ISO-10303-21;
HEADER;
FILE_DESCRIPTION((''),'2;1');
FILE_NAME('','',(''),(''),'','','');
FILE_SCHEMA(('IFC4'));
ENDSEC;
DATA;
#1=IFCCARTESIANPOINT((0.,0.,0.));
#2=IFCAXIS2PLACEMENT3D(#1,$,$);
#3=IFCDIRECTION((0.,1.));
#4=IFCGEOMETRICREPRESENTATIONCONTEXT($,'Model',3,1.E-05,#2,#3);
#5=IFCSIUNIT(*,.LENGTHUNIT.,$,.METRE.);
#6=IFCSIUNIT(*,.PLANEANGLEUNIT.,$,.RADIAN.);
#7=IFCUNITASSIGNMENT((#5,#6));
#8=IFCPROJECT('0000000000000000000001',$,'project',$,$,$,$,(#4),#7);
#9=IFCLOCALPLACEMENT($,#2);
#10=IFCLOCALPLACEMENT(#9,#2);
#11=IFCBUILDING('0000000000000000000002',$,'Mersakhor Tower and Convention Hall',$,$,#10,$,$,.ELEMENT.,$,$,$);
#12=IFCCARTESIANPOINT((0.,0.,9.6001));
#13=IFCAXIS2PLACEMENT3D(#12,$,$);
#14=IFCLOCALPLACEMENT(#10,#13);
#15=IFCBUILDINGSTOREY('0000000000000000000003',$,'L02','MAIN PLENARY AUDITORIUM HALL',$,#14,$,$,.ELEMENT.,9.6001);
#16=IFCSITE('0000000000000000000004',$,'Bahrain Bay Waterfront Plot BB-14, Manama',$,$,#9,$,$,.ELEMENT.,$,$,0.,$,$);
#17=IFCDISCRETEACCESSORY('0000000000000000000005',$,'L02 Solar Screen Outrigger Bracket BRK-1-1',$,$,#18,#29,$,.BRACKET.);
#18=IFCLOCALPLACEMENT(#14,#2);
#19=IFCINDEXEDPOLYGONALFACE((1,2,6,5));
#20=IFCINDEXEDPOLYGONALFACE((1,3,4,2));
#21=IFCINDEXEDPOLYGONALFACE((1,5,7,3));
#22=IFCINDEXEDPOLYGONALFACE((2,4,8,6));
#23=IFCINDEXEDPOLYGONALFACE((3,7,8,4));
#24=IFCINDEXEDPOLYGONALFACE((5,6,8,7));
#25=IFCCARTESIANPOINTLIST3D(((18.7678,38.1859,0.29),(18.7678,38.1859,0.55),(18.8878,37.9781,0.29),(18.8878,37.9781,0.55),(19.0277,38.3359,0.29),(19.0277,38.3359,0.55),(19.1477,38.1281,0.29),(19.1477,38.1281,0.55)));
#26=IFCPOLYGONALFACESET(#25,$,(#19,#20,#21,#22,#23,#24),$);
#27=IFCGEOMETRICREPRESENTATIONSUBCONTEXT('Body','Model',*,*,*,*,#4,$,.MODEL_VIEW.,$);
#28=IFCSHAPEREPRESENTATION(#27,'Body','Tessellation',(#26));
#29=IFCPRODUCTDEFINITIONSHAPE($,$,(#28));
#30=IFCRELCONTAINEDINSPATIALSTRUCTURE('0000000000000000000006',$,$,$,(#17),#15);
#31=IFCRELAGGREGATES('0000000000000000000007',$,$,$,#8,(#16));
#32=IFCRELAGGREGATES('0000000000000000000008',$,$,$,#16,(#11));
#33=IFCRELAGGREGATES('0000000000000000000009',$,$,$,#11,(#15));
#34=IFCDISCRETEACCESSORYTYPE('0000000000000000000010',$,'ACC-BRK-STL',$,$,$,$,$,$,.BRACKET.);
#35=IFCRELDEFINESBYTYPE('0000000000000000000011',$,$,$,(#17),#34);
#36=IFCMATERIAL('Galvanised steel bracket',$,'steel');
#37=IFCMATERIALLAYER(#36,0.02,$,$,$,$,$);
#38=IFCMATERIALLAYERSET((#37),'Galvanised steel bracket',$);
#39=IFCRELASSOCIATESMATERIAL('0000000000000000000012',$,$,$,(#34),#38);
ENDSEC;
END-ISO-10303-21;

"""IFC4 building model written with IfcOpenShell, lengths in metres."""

from ifc_helpers import new_model, si_unit, direction, frame, origin, origin_2d, place, context, subcontext, project, spatial, rectangle, extrude, material, layer, layer_set, type_object, element, save


model = new_model("IFC4")

# Units and contexts
model_context = context("Model", 3, precision=1e-05, world=origin(), true_north=direction((0.0, 1.0)))
body_context = subcontext(model_context, "Body", "Model", "MODEL_VIEW")
ifc_project = project(units=[si_unit("LENGTHUNIT", "METRE"), si_unit("PLANEANGLEUNIT", "RADIAN")], contexts=[model_context])

# Site, building, storey
site_placement = place(None, origin())
site = spatial("IfcSite", under=ifc_project, at=site_placement, Name="Bahrain Bay Waterfront Plot BB-14, Manama", CompositionType="ELEMENT", RefElevation=0.0)
building_placement = place(site_placement, origin())
building = spatial("IfcBuilding", under=site, at=building_placement, Name="Mersakhor Tower and Convention Hall", CompositionType="ELEMENT")
storey_placement = place(building_placement, frame((0.0, 0.0, 9.6001)))
storey = spatial("IfcBuildingStorey", under=building, at=storey_placement, Name="L02", Description="MAIN PLENARY AUDITORIUM HALL", CompositionType="ELEMENT", Elevation=9.6001)

# Discrete accessory
ifc_material_1 = material(Name="Galvanised steel bracket", Category="steel")
ifc_layer_1 = layer(ifc_material_1, 0.02)
ifc_layer_set_1 = layer_set([ifc_layer_1], Name="Galvanised steel bracket")
discrete_accessory_type = type_object("IfcDiscreteAccessoryType", Name="ACC-BRK-STL", PredefinedType="BRACKET", material=ifc_layer_set_1)
discrete_accessory_placement = place(storey_placement, frame((18.9578, 38.157, 0.29), z_axis=(0.0, 0.0, 1.0), x_axis=(0.866025, 0.5, 0.0)))
element("IfcDiscreteAccessory", 1, at=discrete_accessory_placement, inside=storey, type_object=discrete_accessory_type, Name="L02 Solar Screen Outrigger Bracket BRK-1-1", PredefinedType="BRACKET", context=body_context, shape_type="SweptSolid", body=[
    extrude(rectangle(XDim=0.3, YDim=0.24, at=origin_2d()), origin(), (0.0, 0.0, 1.0), 0.26),
])

save(model, "model.ifc")
